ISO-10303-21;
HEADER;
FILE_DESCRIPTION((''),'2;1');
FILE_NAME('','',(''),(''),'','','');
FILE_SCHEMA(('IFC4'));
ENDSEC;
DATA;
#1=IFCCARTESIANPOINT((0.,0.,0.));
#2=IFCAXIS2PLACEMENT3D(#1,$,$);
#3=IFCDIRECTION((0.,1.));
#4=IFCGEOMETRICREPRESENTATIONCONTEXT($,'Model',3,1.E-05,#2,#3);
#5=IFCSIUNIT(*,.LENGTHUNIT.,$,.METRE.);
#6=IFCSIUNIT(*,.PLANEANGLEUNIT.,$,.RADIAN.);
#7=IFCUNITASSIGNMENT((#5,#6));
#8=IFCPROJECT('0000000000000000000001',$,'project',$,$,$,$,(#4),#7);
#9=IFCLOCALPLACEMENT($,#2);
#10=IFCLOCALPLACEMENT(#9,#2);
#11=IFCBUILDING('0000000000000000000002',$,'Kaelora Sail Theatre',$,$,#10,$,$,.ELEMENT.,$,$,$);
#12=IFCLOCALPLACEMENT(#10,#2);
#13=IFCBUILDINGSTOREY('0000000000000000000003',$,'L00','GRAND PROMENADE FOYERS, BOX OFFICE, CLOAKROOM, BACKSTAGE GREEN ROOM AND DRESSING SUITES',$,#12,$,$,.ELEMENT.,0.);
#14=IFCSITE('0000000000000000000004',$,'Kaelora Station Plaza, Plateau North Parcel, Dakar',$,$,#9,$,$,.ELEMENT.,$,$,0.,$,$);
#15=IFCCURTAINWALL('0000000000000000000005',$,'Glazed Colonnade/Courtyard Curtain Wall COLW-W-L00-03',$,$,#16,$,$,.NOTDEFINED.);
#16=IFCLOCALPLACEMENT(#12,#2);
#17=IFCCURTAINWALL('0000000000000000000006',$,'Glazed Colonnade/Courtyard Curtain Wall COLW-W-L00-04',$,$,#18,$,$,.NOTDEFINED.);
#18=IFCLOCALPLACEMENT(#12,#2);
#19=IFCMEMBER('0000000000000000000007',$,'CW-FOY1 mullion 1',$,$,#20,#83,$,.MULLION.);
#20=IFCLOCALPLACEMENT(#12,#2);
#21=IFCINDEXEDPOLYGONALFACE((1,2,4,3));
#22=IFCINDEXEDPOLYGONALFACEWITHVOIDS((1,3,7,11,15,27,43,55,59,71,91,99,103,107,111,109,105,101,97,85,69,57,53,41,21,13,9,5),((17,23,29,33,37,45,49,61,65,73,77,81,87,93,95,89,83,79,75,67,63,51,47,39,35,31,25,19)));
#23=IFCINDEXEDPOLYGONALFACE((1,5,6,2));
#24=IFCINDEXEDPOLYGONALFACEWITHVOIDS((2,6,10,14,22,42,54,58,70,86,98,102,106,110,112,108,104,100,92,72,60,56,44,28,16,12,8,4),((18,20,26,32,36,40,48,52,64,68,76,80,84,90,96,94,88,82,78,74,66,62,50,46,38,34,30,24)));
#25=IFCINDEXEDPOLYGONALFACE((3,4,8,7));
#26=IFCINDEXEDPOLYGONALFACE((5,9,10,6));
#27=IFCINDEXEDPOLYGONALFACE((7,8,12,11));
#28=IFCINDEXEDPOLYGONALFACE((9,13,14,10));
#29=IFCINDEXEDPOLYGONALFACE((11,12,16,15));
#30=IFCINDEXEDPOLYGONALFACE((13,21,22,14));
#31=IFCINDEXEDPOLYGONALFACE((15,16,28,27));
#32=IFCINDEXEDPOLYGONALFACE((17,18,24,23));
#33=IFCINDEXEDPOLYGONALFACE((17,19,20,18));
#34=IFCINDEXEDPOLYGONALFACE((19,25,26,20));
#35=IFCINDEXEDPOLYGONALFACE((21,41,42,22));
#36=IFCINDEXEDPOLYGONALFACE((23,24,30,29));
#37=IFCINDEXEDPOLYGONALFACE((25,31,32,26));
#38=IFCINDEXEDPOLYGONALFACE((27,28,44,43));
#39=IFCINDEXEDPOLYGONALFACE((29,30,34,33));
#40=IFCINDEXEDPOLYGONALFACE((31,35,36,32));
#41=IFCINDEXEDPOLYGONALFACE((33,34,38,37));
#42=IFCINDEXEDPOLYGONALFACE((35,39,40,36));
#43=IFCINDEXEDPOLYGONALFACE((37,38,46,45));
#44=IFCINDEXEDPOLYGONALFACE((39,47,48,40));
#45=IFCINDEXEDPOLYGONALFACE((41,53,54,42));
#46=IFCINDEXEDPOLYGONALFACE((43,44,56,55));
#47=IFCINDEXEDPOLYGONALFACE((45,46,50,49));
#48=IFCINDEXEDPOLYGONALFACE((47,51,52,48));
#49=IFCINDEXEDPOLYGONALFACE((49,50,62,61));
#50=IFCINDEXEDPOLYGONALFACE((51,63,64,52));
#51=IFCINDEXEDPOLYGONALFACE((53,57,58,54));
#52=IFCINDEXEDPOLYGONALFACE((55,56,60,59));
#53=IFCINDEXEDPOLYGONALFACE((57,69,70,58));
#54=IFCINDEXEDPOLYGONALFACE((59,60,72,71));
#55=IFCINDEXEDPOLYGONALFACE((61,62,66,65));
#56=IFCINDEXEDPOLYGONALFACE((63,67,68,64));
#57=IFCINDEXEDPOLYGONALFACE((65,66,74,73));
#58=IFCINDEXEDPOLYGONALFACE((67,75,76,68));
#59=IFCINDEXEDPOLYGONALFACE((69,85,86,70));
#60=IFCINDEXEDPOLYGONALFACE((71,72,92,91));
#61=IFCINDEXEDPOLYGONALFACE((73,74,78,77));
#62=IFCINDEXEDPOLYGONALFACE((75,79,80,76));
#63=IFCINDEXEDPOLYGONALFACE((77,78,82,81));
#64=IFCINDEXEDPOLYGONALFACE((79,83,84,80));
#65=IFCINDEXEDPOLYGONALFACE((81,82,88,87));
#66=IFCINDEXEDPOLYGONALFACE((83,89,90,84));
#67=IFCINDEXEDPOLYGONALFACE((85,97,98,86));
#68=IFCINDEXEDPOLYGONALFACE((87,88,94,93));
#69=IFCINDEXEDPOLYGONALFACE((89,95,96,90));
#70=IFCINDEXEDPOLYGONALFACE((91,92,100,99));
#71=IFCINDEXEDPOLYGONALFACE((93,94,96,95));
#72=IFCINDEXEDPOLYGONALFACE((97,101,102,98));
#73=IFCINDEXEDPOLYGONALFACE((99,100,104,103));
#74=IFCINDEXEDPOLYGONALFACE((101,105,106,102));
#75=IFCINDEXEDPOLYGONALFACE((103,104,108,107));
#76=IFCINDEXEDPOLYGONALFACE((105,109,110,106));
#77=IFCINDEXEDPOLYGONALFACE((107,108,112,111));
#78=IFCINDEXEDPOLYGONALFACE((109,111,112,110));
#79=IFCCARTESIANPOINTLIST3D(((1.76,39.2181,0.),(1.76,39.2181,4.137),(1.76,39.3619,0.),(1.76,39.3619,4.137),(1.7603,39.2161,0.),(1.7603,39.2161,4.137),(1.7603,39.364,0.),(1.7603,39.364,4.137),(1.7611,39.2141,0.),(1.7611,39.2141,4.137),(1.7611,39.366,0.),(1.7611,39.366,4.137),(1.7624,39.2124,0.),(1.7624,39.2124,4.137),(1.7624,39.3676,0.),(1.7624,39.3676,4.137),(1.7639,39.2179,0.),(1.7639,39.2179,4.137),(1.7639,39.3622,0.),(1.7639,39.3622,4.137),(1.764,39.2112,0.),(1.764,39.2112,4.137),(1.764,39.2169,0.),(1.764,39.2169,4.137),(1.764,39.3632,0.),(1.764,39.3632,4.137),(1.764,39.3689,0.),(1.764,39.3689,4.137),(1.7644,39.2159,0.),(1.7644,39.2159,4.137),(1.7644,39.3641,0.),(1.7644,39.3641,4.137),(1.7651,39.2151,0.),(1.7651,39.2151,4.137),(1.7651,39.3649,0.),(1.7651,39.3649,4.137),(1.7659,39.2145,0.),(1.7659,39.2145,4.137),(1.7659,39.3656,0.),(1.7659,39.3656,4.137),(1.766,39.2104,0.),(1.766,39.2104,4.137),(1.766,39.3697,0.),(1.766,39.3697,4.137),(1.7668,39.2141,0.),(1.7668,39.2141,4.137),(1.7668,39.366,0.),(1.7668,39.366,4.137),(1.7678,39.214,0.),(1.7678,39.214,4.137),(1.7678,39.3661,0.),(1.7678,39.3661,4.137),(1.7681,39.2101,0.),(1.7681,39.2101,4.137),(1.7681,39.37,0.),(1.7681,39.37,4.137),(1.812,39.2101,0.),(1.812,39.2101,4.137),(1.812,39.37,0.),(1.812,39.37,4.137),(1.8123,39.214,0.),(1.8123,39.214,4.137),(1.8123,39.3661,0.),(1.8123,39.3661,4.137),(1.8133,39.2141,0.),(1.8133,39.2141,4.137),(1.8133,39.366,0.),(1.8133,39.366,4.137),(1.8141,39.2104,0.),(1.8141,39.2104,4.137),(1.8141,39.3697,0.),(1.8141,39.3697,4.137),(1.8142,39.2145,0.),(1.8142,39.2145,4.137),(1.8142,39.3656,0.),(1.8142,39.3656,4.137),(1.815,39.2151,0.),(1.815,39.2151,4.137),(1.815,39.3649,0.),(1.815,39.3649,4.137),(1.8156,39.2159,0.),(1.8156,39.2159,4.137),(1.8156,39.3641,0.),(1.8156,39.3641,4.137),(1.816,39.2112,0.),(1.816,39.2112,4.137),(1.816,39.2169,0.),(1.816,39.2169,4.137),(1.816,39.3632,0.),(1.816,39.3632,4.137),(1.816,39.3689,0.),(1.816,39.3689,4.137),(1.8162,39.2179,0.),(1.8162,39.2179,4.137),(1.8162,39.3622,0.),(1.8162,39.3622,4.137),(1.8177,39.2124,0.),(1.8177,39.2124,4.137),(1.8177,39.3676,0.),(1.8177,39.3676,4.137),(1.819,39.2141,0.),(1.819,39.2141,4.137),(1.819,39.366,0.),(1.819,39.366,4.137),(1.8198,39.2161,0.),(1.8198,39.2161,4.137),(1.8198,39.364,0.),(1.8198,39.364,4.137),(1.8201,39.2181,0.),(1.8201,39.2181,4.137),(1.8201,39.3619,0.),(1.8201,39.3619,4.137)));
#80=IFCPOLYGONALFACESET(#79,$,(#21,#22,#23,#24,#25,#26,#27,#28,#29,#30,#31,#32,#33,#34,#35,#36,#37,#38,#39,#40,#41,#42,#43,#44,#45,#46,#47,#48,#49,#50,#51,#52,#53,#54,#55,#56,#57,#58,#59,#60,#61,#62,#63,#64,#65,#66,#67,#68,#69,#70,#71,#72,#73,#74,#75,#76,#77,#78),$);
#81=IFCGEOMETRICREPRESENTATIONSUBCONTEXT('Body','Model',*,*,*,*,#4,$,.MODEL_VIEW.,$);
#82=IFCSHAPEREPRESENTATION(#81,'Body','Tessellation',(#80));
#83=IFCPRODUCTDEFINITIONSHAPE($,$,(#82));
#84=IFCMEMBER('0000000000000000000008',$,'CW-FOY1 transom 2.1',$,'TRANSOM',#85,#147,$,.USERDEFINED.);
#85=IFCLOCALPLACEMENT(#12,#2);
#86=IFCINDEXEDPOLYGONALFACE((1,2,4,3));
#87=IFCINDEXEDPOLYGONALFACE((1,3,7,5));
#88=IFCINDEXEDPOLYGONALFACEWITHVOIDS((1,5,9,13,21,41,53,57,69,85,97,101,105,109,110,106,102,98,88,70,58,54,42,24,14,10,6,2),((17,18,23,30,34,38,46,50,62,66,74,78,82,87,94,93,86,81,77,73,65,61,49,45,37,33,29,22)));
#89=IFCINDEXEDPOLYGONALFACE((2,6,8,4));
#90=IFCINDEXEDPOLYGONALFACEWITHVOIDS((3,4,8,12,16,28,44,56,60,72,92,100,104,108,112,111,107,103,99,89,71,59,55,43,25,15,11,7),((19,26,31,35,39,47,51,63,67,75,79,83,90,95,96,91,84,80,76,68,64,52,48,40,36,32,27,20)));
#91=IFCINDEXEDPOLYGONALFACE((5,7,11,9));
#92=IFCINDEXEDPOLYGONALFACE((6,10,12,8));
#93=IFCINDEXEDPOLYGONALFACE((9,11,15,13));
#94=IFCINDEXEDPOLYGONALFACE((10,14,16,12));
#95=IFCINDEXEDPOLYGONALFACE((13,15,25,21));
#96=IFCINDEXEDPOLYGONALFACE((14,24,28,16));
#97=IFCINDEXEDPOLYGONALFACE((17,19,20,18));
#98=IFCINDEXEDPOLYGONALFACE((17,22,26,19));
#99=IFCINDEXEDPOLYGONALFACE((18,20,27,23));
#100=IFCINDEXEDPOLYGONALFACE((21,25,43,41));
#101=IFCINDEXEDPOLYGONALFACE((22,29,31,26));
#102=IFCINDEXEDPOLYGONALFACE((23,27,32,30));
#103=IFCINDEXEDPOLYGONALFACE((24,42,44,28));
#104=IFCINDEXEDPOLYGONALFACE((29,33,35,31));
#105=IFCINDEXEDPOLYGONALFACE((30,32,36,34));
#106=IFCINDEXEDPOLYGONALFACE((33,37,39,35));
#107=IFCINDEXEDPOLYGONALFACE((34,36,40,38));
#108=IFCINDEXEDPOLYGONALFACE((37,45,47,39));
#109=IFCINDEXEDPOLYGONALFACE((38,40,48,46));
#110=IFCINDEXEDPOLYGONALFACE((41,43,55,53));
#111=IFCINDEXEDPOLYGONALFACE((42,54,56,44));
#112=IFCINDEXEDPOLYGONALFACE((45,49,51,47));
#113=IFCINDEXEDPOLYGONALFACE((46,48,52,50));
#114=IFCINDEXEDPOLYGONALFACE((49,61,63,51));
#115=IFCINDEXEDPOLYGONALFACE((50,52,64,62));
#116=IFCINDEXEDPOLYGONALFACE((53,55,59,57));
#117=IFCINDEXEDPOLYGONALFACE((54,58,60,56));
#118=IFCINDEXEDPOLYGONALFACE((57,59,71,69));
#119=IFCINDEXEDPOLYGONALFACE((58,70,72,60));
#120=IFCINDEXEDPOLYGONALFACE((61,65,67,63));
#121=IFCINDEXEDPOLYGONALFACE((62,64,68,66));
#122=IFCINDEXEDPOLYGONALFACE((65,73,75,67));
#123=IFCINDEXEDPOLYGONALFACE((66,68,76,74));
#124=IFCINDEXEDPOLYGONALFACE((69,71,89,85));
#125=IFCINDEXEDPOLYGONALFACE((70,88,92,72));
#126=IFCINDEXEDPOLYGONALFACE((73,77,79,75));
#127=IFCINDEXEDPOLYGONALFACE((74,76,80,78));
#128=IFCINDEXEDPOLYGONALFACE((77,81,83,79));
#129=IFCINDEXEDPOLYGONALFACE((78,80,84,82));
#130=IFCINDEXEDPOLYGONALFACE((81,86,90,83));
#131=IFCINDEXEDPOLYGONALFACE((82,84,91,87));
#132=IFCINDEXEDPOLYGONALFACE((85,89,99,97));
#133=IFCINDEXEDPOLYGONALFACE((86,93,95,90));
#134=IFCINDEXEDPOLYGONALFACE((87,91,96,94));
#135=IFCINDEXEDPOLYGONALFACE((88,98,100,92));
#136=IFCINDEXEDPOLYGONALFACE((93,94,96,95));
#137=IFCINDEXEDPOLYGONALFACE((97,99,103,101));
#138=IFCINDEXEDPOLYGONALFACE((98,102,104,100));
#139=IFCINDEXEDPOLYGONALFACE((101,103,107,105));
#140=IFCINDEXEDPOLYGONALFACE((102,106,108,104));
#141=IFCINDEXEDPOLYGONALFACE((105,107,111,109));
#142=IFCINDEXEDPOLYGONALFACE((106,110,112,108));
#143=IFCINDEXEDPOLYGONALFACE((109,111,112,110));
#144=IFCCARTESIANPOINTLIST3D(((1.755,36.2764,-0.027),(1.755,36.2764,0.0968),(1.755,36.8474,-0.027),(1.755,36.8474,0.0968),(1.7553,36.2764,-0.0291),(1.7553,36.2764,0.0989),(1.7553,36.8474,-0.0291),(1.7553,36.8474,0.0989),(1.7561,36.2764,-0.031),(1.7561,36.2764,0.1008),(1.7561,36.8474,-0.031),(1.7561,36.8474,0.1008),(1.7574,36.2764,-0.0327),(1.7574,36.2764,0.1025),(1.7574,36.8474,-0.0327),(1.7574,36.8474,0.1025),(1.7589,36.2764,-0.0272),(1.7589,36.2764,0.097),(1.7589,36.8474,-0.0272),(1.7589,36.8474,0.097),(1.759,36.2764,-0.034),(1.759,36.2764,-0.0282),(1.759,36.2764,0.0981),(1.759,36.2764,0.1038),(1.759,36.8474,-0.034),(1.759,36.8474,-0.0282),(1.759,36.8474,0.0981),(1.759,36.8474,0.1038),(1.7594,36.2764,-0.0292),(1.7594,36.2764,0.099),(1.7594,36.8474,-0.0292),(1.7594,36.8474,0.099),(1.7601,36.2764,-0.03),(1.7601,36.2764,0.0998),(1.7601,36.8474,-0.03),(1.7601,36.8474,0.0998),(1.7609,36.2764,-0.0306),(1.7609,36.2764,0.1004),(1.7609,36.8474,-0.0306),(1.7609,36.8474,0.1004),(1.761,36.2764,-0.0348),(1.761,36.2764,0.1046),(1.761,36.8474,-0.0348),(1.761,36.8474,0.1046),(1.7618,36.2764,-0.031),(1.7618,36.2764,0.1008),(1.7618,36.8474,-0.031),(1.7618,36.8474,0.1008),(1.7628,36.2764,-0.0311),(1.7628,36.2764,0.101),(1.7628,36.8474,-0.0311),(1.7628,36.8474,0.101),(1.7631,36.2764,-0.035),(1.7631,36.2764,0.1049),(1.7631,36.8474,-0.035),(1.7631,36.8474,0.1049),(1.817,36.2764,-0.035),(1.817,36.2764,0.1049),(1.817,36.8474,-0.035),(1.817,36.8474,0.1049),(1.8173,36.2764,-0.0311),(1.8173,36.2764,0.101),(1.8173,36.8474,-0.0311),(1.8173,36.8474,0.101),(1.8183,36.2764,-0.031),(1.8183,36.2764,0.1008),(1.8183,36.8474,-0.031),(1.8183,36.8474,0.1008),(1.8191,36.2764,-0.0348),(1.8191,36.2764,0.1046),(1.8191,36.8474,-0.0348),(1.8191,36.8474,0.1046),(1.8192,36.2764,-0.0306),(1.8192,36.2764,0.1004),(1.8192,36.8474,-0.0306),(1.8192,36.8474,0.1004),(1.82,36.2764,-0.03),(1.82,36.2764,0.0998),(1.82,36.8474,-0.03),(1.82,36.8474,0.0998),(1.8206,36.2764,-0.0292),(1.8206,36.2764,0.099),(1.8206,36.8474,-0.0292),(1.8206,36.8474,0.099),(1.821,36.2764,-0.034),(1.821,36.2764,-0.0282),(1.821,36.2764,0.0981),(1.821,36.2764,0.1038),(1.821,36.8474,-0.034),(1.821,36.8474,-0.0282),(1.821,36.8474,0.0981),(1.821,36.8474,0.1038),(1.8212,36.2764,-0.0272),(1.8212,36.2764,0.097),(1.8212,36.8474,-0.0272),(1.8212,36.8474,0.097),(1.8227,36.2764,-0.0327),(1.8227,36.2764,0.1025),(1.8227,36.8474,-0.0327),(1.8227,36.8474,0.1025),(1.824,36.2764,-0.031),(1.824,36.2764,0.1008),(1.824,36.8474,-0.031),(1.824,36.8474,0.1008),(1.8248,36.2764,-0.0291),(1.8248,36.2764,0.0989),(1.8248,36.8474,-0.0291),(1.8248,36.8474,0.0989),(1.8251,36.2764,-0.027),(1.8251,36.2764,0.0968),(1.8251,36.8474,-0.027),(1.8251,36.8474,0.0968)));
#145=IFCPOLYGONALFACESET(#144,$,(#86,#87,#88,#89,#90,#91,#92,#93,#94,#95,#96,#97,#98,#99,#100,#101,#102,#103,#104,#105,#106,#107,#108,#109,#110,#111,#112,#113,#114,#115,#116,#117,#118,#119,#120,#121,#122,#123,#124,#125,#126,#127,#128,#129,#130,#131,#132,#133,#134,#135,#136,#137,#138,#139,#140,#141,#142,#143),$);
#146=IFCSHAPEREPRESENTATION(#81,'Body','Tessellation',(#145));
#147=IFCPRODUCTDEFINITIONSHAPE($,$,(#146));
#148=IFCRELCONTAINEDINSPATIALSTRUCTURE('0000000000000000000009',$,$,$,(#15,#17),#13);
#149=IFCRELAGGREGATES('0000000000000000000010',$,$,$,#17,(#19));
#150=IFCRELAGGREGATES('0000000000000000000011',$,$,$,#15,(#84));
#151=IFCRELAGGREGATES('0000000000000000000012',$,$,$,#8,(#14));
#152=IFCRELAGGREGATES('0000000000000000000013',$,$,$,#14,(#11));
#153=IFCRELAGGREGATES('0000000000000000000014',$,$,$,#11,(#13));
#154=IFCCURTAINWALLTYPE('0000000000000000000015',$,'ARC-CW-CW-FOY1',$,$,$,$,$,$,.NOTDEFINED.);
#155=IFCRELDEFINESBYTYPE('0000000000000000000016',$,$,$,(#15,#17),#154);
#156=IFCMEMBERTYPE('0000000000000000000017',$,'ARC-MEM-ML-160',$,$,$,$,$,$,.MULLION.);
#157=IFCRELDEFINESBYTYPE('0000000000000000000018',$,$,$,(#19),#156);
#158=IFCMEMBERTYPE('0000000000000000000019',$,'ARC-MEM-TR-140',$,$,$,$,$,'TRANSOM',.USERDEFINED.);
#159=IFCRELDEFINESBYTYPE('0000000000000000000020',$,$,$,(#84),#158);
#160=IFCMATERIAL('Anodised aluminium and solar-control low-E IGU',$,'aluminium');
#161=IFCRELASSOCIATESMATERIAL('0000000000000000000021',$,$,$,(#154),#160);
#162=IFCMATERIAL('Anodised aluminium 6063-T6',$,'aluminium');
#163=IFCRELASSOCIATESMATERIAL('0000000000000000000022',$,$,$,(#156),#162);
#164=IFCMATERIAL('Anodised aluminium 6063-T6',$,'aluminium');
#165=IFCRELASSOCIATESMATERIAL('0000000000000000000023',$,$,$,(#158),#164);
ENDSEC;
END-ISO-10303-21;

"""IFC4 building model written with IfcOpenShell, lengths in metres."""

from ifc_helpers import new_model, si_unit, direction, frame, origin, origin_2d, place, context, subcontext, project, spatial, hollow_rectangle, extrude, material, material_profile, profile_set, type_object, element, aggregate, save


model = new_model("IFC4")

# Units and contexts
model_context = context("Model", 3, precision=1e-05, world=origin(), true_north=direction((0.0, 1.0)))
body_context = subcontext(model_context, "Body", "Model", "MODEL_VIEW")
ifc_project = project(units=[si_unit("LENGTHUNIT", "METRE"), si_unit("PLANEANGLEUNIT", "RADIAN")], contexts=[model_context])

# Site, building, storey
site_placement = place(None, origin())
site = spatial("IfcSite", under=ifc_project, at=site_placement, Name="Kaelora Station Plaza, Plateau North Parcel, Dakar", CompositionType="ELEMENT", RefElevation=0.0)
building_placement = place(site_placement, origin())
building = spatial("IfcBuilding", under=site, at=building_placement, Name="Kaelora Sail Theatre", CompositionType="ELEMENT")
storey_placement = place(building_placement, origin())
storey = spatial("IfcBuildingStorey", under=building, at=storey_placement, Name="L00", Description="GRAND PROMENADE FOYERS, BOX OFFICE, CLOAKROOM, BACKSTAGE GREEN ROOM AND DRESSING SUITES", CompositionType="ELEMENT", Elevation=0.0)

# Curtain wall
ifc_material_1 = material(Name="Anodised aluminium and solar-control low-E IGU", Category="aluminium")
curtain_wall_type = type_object("IfcCurtainWallType", Name="ARC-CW-CW-FOY1", PredefinedType="NOTDEFINED", material=ifc_material_1)
curtain_wall_1_placement = place(storey_placement, origin())
curtain_wall_1 = element("IfcCurtainWall", 1, at=curtain_wall_1_placement, inside=storey, type_object=curtain_wall_type, Name="Glazed Colonnade/Courtyard Curtain Wall COLW-W-L00-03", PredefinedType="NOTDEFINED")
ifc_material_2 = material(Name="Anodised aluminium 6063-T6", Category="aluminium")
ifc_material_profile_1 = material_profile(ifc_material_2, hollow_rectangle(XDim=0.0601, YDim=0.1599, WallThickness=0.0039, InnerFilletRadius=0.0039, OuterFilletRadius=0.0081, at=origin_2d()), Name="ALU-MULL 60x160x4")
ifc_profile_set_1 = profile_set([ifc_material_profile_1], Name="Anodised aluminium 6063-T6")
member_type_1 = type_object("IfcMemberType", Name="ARC-MEM-ML-160", PredefinedType="MULLION", material=ifc_profile_set_1)

# Curtain wall, member
curtain_wall_2_placement = place(storey_placement, origin())
curtain_wall_2 = element("IfcCurtainWall", 2, at=curtain_wall_2_placement, inside=storey, type_object=curtain_wall_type, Name="Glazed Colonnade/Courtyard Curtain Wall COLW-W-L00-04", PredefinedType="NOTDEFINED")
member_1_placement = place(storey_placement, frame((1.79, 39.29, 0.0), z_axis=(0.0, 0.0, 1.0), x_axis=(-1.0, 0.0, 0.0)))
member_1 = element("IfcMember", 3, at=member_1_placement, type_object=member_type_1, Name="CW-FOY1 mullion 1", PredefinedType="MULLION", context=body_context, shape_type="SweptSolid", body=[
    extrude(hollow_rectangle(XDim=0.0601, YDim=0.1599, WallThickness=0.0039, InnerFilletRadius=0.0039, OuterFilletRadius=0.0081, at=origin_2d()), origin(), (0.0, 0.0, 1.0), 4.137),
])

# Member
ifc_material_3 = material(Name="Anodised aluminium 6063-T6", Category="aluminium")
ifc_material_profile_2 = material_profile(ifc_material_3, hollow_rectangle(XDim=0.0701, YDim=0.1399, WallThickness=0.0039, InnerFilletRadius=0.0039, OuterFilletRadius=0.0081, at=origin_2d()), Name="ALU-TRAN 70x140x4")
ifc_profile_set_2 = profile_set([ifc_material_profile_2], Name="Anodised aluminium 6063-T6")
member_type_2 = type_object("IfcMemberType", Name="ARC-MEM-TR-140", ElementType="TRANSOM", PredefinedType="USERDEFINED", material=ifc_profile_set_2)
member_2_placement = place(storey_placement, frame((1.79, 36.2764, 0.0349), z_axis=(0.0, 1.0, 0.0), x_axis=(-1.0, 0.0, 0.0)))
member_2 = element("IfcMember", 4, at=member_2_placement, type_object=member_type_2, Name="CW-FOY1 transom 2.1", ObjectType="TRANSOM", PredefinedType="USERDEFINED", context=body_context, shape_type="SweptSolid", body=[
    extrude(hollow_rectangle(XDim=0.0701, YDim=0.1399, WallThickness=0.0039, InnerFilletRadius=0.0039, OuterFilletRadius=0.0081, at=origin_2d()), origin(), (0.0, 0.0, 1.0), 0.571),
])
aggregate(curtain_wall_2, [member_1])

aggregate(curtain_wall_1, [member_2])

save(model, "model.ifc")
